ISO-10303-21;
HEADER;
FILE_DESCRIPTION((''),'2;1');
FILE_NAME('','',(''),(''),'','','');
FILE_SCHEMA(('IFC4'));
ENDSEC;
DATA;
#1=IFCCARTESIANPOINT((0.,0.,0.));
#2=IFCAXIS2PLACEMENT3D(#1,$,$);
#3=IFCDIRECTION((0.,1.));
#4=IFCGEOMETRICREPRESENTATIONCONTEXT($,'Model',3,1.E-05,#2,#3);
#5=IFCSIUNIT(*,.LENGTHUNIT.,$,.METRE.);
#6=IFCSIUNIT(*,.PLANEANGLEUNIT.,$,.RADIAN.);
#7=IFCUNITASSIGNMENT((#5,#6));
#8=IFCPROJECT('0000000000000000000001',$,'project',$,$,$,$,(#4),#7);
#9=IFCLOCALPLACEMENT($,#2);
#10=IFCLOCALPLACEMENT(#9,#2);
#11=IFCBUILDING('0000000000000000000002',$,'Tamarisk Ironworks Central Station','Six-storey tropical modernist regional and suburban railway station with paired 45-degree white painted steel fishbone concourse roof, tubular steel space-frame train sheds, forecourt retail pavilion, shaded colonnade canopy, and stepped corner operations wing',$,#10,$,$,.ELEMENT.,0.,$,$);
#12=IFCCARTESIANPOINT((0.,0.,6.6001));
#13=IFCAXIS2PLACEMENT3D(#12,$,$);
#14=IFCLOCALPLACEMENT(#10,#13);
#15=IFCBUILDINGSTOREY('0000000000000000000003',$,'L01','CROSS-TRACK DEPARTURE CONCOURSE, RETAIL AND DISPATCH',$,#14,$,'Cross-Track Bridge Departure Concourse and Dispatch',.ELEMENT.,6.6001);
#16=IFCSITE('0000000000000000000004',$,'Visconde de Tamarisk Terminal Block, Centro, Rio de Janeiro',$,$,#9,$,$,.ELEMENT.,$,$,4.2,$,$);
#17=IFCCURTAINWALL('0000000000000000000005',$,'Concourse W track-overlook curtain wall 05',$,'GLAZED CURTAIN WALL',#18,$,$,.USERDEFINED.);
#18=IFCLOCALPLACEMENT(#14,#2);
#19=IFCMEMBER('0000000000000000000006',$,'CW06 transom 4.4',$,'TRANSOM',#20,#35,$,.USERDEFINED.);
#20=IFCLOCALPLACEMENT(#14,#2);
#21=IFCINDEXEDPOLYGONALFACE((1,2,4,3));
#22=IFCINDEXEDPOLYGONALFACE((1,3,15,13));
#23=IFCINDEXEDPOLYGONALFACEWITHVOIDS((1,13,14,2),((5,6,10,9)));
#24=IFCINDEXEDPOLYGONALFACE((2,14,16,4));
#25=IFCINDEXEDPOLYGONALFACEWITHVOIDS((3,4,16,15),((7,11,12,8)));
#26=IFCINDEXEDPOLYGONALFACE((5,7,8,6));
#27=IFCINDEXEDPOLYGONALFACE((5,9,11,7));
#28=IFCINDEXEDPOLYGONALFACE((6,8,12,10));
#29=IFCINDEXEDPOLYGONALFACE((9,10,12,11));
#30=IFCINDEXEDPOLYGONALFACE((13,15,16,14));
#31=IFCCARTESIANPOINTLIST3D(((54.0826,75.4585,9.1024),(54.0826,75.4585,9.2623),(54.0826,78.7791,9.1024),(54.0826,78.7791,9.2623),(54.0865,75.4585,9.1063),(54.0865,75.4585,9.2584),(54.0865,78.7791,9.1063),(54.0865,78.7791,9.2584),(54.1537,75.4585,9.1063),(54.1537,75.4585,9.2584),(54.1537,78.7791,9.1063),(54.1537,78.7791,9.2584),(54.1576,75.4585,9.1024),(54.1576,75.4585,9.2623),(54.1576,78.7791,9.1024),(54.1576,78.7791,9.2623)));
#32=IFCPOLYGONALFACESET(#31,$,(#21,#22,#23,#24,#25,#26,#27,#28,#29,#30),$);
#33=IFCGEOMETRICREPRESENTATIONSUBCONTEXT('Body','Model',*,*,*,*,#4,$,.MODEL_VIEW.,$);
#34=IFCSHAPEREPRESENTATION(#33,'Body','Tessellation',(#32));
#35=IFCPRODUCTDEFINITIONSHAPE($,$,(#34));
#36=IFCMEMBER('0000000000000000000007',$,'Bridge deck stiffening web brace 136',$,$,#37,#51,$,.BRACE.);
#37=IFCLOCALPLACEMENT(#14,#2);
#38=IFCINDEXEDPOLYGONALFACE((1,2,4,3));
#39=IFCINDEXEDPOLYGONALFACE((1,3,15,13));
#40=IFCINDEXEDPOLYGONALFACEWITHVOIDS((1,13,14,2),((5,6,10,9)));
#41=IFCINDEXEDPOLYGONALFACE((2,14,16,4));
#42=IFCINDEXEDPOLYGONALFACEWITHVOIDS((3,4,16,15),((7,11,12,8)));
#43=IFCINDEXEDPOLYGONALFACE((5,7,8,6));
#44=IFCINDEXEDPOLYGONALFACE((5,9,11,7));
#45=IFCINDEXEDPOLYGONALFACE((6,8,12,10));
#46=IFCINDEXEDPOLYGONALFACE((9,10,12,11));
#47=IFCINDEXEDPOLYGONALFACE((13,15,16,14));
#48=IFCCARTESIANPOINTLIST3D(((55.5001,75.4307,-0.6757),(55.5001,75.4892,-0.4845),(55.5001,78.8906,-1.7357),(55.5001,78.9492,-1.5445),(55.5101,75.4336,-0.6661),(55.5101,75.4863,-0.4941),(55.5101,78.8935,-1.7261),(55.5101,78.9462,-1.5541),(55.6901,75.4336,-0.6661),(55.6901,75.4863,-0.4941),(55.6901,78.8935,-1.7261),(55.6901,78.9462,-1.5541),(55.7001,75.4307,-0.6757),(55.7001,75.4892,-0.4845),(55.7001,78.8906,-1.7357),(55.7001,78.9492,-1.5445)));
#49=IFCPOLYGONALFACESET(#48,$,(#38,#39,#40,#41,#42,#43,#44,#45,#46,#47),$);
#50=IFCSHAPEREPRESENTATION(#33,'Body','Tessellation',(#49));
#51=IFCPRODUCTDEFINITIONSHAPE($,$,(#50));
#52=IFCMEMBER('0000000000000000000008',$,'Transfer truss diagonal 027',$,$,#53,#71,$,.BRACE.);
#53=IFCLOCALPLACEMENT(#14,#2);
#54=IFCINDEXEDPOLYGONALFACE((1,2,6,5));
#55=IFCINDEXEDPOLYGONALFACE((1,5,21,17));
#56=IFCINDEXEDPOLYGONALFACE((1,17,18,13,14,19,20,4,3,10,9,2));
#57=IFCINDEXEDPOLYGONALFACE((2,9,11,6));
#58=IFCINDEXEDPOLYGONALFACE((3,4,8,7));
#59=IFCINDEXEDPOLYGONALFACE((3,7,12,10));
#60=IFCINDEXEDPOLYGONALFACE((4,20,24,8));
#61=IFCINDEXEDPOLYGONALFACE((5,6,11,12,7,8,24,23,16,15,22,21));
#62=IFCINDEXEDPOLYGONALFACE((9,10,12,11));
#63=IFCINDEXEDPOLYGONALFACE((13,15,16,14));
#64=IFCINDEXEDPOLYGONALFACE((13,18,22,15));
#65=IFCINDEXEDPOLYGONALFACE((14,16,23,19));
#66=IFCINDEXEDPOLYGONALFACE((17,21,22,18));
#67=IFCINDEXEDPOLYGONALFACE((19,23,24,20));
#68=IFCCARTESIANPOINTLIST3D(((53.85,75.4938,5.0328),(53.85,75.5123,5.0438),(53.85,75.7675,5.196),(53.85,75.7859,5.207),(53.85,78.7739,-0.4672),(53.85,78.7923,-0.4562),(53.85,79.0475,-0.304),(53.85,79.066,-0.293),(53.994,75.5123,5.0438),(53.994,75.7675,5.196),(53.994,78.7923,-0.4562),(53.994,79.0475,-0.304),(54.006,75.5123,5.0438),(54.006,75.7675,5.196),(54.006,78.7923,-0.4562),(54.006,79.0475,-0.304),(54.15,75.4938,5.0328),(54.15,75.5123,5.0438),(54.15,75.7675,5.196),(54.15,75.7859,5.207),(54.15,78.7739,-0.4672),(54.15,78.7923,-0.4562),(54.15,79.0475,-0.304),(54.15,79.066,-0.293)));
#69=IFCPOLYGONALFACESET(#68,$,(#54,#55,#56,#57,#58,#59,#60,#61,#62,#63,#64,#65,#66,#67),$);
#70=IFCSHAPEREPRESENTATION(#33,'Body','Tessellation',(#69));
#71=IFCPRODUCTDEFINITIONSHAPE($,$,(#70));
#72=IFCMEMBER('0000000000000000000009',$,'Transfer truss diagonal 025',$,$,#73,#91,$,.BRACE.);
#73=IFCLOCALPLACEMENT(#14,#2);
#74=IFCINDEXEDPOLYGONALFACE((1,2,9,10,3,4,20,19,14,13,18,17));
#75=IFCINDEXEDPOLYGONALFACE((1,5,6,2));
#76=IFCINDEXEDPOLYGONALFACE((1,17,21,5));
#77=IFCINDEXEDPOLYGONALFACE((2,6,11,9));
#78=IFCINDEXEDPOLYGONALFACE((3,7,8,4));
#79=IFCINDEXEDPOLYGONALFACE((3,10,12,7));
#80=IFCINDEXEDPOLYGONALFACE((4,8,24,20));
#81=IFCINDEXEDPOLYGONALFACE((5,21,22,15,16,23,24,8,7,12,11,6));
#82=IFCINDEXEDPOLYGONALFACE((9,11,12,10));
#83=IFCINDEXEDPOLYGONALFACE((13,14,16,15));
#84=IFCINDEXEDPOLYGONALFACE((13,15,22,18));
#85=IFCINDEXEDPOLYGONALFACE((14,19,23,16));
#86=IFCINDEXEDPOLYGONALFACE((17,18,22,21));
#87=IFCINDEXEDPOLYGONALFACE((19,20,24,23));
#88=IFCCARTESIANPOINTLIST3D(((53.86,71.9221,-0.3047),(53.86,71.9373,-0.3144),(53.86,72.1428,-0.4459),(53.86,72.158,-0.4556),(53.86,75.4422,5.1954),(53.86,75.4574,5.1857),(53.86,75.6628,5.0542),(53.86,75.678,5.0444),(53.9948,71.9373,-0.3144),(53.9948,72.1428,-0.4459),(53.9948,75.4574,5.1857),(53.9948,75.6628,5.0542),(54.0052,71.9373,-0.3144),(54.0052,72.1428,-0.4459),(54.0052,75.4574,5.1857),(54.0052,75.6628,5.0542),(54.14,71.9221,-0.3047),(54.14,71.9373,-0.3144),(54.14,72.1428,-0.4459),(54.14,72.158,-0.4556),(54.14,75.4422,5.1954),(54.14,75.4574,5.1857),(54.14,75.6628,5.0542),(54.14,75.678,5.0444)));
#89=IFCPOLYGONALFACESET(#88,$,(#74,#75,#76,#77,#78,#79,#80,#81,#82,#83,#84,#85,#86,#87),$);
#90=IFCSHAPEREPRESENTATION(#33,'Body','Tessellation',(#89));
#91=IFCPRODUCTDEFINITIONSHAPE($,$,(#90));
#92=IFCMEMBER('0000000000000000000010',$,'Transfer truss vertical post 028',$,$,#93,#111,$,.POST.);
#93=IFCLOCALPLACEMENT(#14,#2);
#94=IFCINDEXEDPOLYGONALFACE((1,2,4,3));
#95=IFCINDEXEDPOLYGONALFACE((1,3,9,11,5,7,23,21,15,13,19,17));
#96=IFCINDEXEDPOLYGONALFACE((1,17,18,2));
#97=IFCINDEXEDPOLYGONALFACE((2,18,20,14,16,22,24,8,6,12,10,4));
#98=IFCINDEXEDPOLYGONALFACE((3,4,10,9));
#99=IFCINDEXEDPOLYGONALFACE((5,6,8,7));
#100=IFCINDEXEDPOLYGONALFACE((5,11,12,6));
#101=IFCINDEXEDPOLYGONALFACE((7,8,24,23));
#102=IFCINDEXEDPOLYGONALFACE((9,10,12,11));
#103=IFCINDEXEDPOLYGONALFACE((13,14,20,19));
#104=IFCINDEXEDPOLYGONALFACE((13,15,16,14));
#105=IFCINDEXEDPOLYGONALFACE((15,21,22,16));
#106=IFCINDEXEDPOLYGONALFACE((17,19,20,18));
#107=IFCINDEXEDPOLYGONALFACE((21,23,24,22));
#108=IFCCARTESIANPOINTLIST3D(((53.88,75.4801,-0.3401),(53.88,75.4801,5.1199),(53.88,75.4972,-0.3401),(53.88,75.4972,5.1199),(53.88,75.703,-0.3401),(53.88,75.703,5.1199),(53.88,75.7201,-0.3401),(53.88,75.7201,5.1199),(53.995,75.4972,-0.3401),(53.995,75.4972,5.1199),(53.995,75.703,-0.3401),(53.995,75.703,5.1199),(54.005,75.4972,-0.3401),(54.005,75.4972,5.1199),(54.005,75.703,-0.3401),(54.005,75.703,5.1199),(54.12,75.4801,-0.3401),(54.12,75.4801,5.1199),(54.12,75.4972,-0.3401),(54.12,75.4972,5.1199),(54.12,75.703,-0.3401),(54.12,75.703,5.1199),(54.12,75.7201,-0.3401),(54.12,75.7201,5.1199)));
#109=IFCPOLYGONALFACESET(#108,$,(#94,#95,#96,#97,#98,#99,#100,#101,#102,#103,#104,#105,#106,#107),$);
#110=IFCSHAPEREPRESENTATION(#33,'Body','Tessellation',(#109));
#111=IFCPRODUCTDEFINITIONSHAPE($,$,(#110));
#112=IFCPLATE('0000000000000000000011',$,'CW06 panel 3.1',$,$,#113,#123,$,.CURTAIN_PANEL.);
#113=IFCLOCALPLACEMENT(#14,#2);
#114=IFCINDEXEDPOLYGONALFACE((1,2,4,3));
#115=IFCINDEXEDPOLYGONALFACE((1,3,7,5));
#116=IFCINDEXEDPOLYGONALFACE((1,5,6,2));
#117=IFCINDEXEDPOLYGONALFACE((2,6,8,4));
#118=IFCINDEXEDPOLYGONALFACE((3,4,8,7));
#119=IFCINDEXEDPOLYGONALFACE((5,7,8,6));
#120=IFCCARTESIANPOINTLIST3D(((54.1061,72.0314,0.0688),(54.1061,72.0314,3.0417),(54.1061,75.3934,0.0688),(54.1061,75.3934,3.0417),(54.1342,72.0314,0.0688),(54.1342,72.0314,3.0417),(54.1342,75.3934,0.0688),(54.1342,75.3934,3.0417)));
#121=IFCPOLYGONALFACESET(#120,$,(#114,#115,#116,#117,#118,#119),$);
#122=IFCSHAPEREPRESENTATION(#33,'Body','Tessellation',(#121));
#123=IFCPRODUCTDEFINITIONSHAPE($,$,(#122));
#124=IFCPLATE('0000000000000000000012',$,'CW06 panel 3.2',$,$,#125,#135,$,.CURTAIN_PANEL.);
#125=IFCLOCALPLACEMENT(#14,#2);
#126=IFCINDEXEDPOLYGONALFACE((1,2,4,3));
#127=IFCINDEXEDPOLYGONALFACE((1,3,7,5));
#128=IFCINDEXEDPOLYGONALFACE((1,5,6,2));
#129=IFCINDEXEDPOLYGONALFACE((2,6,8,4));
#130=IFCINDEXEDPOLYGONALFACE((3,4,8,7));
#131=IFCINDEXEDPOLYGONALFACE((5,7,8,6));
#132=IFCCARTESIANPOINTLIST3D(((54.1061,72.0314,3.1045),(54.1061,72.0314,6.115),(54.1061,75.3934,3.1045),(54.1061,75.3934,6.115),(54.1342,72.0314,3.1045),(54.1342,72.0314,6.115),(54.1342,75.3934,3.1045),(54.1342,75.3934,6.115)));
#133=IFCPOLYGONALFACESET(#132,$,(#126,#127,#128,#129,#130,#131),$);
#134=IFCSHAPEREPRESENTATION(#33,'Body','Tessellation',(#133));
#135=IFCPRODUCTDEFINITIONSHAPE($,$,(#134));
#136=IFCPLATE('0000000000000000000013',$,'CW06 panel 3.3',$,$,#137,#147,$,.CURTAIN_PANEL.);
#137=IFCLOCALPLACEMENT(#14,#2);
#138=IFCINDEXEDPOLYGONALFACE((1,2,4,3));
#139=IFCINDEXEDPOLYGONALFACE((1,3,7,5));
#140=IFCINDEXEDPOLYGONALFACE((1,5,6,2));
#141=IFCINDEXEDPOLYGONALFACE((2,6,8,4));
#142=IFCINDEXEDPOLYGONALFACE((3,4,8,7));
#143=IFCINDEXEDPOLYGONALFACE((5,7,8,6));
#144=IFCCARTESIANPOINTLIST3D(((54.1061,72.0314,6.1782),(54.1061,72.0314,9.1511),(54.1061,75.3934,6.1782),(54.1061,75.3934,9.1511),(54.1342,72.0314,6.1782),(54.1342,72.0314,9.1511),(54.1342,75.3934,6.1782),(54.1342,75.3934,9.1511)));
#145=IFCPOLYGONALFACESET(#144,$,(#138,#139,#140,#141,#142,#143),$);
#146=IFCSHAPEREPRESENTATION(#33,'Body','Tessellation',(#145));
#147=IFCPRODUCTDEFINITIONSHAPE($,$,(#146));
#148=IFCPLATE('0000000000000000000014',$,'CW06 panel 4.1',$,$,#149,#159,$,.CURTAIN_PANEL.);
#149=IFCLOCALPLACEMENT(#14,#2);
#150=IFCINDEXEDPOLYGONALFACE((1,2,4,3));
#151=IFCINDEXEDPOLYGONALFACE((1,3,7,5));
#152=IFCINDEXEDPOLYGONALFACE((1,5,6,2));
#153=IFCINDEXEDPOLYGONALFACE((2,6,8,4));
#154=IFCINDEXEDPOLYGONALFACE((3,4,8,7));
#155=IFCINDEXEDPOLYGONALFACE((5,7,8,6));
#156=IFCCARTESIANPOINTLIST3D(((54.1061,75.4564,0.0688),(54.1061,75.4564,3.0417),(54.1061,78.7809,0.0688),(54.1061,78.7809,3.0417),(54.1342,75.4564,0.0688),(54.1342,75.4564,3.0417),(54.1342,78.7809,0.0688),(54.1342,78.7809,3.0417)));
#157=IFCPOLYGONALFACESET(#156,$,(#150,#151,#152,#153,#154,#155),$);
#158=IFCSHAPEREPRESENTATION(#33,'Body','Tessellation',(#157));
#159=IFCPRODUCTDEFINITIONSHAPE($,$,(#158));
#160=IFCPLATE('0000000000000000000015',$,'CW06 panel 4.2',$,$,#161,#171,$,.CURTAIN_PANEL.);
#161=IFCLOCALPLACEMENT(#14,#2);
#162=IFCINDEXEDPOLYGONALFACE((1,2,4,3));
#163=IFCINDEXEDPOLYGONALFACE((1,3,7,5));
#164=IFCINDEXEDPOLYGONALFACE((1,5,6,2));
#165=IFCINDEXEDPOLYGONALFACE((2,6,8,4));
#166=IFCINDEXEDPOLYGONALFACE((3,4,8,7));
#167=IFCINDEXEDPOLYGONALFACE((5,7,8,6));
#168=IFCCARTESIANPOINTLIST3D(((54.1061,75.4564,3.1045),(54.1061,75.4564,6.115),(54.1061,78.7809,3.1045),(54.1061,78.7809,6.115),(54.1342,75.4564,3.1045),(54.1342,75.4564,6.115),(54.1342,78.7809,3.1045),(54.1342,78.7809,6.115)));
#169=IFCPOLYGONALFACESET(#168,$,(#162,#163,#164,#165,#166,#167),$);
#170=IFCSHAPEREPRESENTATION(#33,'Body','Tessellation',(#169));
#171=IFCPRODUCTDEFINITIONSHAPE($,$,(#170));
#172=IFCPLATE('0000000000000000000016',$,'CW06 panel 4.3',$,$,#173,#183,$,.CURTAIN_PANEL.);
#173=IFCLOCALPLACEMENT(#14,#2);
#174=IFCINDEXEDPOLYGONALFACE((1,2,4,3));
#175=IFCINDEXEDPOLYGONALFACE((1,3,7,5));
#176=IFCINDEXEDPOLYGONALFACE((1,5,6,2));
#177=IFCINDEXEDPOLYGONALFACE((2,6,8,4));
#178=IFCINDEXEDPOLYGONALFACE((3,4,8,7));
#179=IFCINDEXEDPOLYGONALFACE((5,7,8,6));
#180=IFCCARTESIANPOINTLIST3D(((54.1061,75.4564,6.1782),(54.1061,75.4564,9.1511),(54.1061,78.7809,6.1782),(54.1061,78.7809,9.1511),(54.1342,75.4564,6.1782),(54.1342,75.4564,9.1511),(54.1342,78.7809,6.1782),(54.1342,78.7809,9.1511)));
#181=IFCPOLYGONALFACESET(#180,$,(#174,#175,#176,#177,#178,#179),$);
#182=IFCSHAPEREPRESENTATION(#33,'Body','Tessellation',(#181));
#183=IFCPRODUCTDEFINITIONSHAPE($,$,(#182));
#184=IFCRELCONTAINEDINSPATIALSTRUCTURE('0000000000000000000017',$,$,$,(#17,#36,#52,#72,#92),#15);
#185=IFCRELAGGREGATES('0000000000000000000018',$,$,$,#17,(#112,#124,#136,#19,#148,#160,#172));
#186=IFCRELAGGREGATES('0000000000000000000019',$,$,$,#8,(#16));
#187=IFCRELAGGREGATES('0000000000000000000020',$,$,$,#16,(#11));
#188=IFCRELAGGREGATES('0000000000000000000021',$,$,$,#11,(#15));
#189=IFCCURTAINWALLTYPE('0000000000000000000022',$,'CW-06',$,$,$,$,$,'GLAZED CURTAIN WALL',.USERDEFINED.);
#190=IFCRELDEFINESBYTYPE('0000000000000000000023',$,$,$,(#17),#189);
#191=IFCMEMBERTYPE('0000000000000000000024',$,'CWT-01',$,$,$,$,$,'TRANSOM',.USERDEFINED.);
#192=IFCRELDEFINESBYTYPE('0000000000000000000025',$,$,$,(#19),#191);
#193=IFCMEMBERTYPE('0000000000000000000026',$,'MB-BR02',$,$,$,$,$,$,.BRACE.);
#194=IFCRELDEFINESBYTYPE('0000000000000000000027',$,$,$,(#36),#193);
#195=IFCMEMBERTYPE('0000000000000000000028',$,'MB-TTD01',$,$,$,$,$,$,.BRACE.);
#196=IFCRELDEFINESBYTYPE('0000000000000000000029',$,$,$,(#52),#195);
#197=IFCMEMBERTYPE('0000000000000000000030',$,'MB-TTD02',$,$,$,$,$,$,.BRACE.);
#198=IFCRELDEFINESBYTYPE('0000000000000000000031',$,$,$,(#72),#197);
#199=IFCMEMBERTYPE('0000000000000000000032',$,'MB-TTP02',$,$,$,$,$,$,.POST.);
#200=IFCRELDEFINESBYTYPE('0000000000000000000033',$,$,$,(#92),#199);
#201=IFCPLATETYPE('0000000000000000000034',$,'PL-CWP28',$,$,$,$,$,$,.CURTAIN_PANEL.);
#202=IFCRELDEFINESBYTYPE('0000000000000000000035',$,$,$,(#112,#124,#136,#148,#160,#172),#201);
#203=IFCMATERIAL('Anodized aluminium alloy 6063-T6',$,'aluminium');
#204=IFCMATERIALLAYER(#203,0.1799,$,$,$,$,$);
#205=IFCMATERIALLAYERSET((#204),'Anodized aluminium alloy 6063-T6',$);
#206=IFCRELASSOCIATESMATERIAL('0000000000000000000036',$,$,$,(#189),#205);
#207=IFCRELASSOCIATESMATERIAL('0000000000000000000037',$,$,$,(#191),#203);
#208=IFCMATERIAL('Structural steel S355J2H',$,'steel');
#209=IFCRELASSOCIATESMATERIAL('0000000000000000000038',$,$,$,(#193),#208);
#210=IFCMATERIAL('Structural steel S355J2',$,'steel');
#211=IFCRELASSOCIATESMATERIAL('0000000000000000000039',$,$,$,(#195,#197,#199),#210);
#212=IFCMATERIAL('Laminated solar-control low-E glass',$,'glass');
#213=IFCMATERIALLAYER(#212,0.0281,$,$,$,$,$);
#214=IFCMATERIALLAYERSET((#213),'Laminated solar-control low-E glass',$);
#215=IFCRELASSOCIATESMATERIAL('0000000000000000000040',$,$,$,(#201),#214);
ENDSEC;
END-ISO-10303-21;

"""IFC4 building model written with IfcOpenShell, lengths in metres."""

from ifc_helpers import new_model, si_unit, direction, frame, origin, origin_2d, place, context, subcontext, project, spatial, rectangle, hollow_rectangle, i_section, extrude, material, layer, layer_set, material_profile, profile_set, type_object, element, aggregate, save


model = new_model("IFC4")

# Units and contexts
model_context = context("Model", 3, precision=1e-05, world=origin(), true_north=direction((0.0, 1.0)))
body_context = subcontext(model_context, "Body", "Model", "MODEL_VIEW")
ifc_project = project(units=[si_unit("LENGTHUNIT", "METRE"), si_unit("PLANEANGLEUNIT", "RADIAN")], contexts=[model_context])

# Site, building, storey
site_placement = place(None, origin())
site = spatial("IfcSite", under=ifc_project, at=site_placement, Name="Visconde de Tamarisk Terminal Block, Centro, Rio de Janeiro", CompositionType="ELEMENT", RefElevation=4.2)
building_placement = place(site_placement, origin())
building = spatial("IfcBuilding", under=site, at=building_placement, Name="Tamarisk Ironworks Central Station", Description="Six-storey tropical modernist regional and suburban railway station with paired 45-degree white painted steel fishbone concourse roof, tubular steel space-frame train sheds, forecourt retail pavilion, shaded colonnade canopy, and stepped corner operations wing", CompositionType="ELEMENT", ElevationOfRefHeight=0.0)
storey_placement = place(building_placement, frame((0.0, 0.0, 6.6001)))
storey = spatial("IfcBuildingStorey", under=building, at=storey_placement, Name="L01", Description="CROSS-TRACK DEPARTURE CONCOURSE, RETAIL AND DISPATCH", LongName="Cross-Track Bridge Departure Concourse and Dispatch", CompositionType="ELEMENT", Elevation=6.6001)

# Shared definitions
ifc_material_1 = material(Name="Structural steel S355J2", Category="steel")

# Curtain wall, member
ifc_material_2 = material(Name="Anodized aluminium alloy 6063-T6", Category="aluminium")
ifc_layer_1 = layer(ifc_material_2, 0.1799)
ifc_layer_set_1 = layer_set([ifc_layer_1], Name="Anodized aluminium alloy 6063-T6")
curtain_wall_type = type_object("IfcCurtainWallType", Name="CW-06", ElementType="GLAZED CURTAIN WALL", PredefinedType="USERDEFINED", material=ifc_layer_set_1)
curtain_wall_placement = place(storey_placement, origin())
curtain_wall = element("IfcCurtainWall", 1, at=curtain_wall_placement, inside=storey, type_object=curtain_wall_type, Name="Concourse W track-overlook curtain wall 05", ObjectType="GLAZED CURTAIN WALL", PredefinedType="USERDEFINED")
ifc_material_profile_1 = material_profile(ifc_material_2, hollow_rectangle(XDim=0.075, YDim=0.1599, WallThickness=0.0039, at=origin_2d()), Name="ALUM 160x75")
ifc_profile_set_1 = profile_set([ifc_material_profile_1], Name="Anodized aluminium alloy 6063-T6")
member_type_1 = type_object("IfcMemberType", Name="CWT-01", ElementType="TRANSOM", PredefinedType="USERDEFINED", material=ifc_profile_set_1)
member_1_placement = place(storey_placement, frame((54.1201, 75.4585, 9.1824), z_axis=(0.0, 1.0, 0.0), x_axis=(-1.0, 0.0, 0.0)))
member_1 = element("IfcMember", 2, at=member_1_placement, type_object=member_type_1, Name="CW06 transom 4.4", ObjectType="TRANSOM", PredefinedType="USERDEFINED", context=body_context, shape_type="SweptSolid", body=[
    extrude(hollow_rectangle(XDim=0.075, YDim=0.1599, WallThickness=0.0039, at=origin_2d()), origin(), (0.0, 0.0, 1.0), 3.3206),
])

# Members
ifc_material_3 = material(Name="Structural steel S355J2H", Category="steel")
ifc_material_profile_2 = material_profile(ifc_material_3, hollow_rectangle(XDim=0.2, YDim=0.2, WallThickness=0.01, at=origin_2d()), Name="SHS 200x200x10")
ifc_profile_set_2 = profile_set([ifc_material_profile_2], Name="Structural steel S355J2H")
member_type_2 = type_object("IfcMemberType", Name="MB-BR02", PredefinedType="BRACE", material=ifc_profile_set_2)
member_2_placement = place(storey_placement, frame((55.6001, 75.46, -0.5801), z_axis=(0.0, 0.956131, -0.292938), x_axis=(-1.0, 0.0, 0.0)))
element("IfcMember", 3, at=member_2_placement, inside=storey, type_object=member_type_2, Name="Bridge deck stiffening web brace 136", PredefinedType="BRACE", context=body_context, shape_type="SweptSolid", body=[
    extrude(hollow_rectangle(XDim=0.2, YDim=0.2, WallThickness=0.01, at=origin_2d()), origin(), (0.0, 0.0, 1.0), 3.6187),
])
ifc_material_profile_3 = material_profile(ifc_material_1, i_section(OverallWidth=0.3, OverallDepth=0.3401, WebThickness=0.012, FlangeThickness=0.0215, at=origin_2d()), Name="HEB 340")
ifc_profile_set_3 = profile_set([ifc_material_profile_3], Name="Structural steel S355J2")
member_type_3 = type_object("IfcMemberType", Name="MB-TTD01", PredefinedType="BRACE", material=ifc_profile_set_3)
member_3_placement = place(storey_placement, frame((54.0, 75.6399, 5.1199), z_axis=(0.0, 0.512201, -0.858866), x_axis=(-1.0, 0.0, 0.0)))
element("IfcMember", 4, at=member_3_placement, inside=storey, type_object=member_type_3, Name="Transfer truss diagonal 027", PredefinedType="BRACE", context=body_context, shape_type="SweptSolid", body=[
    extrude(i_section(OverallWidth=0.3, OverallDepth=0.3401, WebThickness=0.012, FlangeThickness=0.0215, at=origin_2d()), origin(), (0.0, 0.0, 1.0), 6.4038),
])
ifc_material_profile_4 = material_profile(ifc_material_1, i_section(OverallWidth=0.28, OverallDepth=0.28, WebThickness=0.0105, FlangeThickness=0.0181, at=origin_2d()), Name="HEB 280")
ifc_profile_set_4 = profile_set([ifc_material_profile_4], Name="Structural steel S355J2")
member_type_4 = type_object("IfcMemberType", Name="MB-TTD02", PredefinedType="BRACE", material=ifc_profile_set_4)
member_4_placement = place(storey_placement, frame((54.0, 72.04, -0.3801), z_axis=(0.0, 0.539056, 0.84227), x_axis=(-1.0, 0.0, 0.0)))
element("IfcMember", 5, at=member_4_placement, inside=storey, type_object=member_type_4, Name="Transfer truss diagonal 025", PredefinedType="BRACE", context=body_context, shape_type="SweptSolid", body=[
    extrude(i_section(OverallWidth=0.28, OverallDepth=0.28, WebThickness=0.0105, FlangeThickness=0.0181, at=origin_2d()), origin(), (0.0, 0.0, 1.0), 6.53),
])
ifc_material_profile_5 = material_profile(ifc_material_1, i_section(OverallWidth=0.24, OverallDepth=0.24, WebThickness=0.01, FlangeThickness=0.0171, at=origin_2d()), Name="HEB 240")
ifc_profile_set_5 = profile_set([ifc_material_profile_5], Name="Structural steel S355J2")
member_type_5 = type_object("IfcMemberType", Name="MB-TTP02", PredefinedType="POST", material=ifc_profile_set_5)
member_5_placement = place(storey_placement, frame((54.0, 75.6001, -0.3401), z_axis=(0.0, 0.0, 1.0), x_axis=(1.0, 0.0, 0.0)))
element("IfcMember", 6, at=member_5_placement, inside=storey, type_object=member_type_5, Name="Transfer truss vertical post 028", PredefinedType="POST", context=body_context, shape_type="SweptSolid", body=[
    extrude(i_section(OverallWidth=0.24, OverallDepth=0.24, WebThickness=0.01, FlangeThickness=0.0171, at=origin_2d()), origin(), (0.0, 0.0, 1.0), 5.46),
])

# Plates
ifc_material_4 = material(Name="Laminated solar-control low-E glass", Category="glass")
ifc_layer_2 = layer(ifc_material_4, 0.0281)
ifc_layer_set_2 = layer_set([ifc_layer_2], Name="Laminated solar-control low-E glass")
plate_type_1 = type_object("IfcPlateType", Name="PL-CWP28", PredefinedType="CURTAIN_PANEL", material=ifc_layer_set_2)
plate_1_placement = place(storey_placement, frame((54.1201, 73.7124, 0.0688), z_axis=(0.0, 0.0, 1.0), x_axis=(0.0, 1.0, 0.0)))
plate_1 = element("IfcPlate", 7, at=plate_1_placement, type_object=plate_type_1, Name="CW06 panel 3.1", PredefinedType="CURTAIN_PANEL", context=body_context, shape_type="SweptSolid", body=[
    extrude(rectangle(XDim=3.3621, YDim=0.0281, at=origin_2d()), origin(), (0.0, 0.0, 1.0), 2.9729),
])
plate_2_placement = place(storey_placement, frame((54.1201, 73.7124, 3.1045), z_axis=(0.0, 0.0, 1.0), x_axis=(0.0, 1.0, 0.0)))
plate_2 = element("IfcPlate", 8, at=plate_2_placement, type_object=plate_type_1, Name="CW06 panel 3.2", PredefinedType="CURTAIN_PANEL", context=body_context, shape_type="SweptSolid", body=[
    extrude(rectangle(XDim=3.3621, YDim=0.0281, at=origin_2d()), origin(), (0.0, 0.0, 1.0), 3.0105),
])
plate_3_placement = place(storey_placement, frame((54.1201, 73.7124, 6.1782), z_axis=(0.0, 0.0, 1.0), x_axis=(0.0, 1.0, 0.0)))
plate_3 = element("IfcPlate", 9, at=plate_3_placement, type_object=plate_type_1, Name="CW06 panel 3.3", PredefinedType="CURTAIN_PANEL", context=body_context, shape_type="SweptSolid", body=[
    extrude(rectangle(XDim=3.3621, YDim=0.0281, at=origin_2d()), origin(), (0.0, 0.0, 1.0), 2.9729),
])
plate_4_placement = place(storey_placement, frame((54.1201, 77.1187, 0.0688), z_axis=(0.0, 0.0, 1.0), x_axis=(0.0, 1.0, 0.0)))
plate_4 = element("IfcPlate", 10, at=plate_4_placement, type_object=plate_type_1, Name="CW06 panel 4.1", PredefinedType="CURTAIN_PANEL", context=body_context, shape_type="SweptSolid", body=[
    extrude(rectangle(XDim=3.3245, YDim=0.0281, at=origin_2d()), origin(), (0.0, 0.0, 1.0), 2.9729),
])
plate_5_placement = place(storey_placement, frame((54.1201, 77.1187, 3.1045), z_axis=(0.0, 0.0, 1.0), x_axis=(0.0, 1.0, 0.0)))
plate_5 = element("IfcPlate", 11, at=plate_5_placement, type_object=plate_type_1, Name="CW06 panel 4.2", PredefinedType="CURTAIN_PANEL", context=body_context, shape_type="SweptSolid", body=[
    extrude(rectangle(XDim=3.3245, YDim=0.0281, at=origin_2d()), origin(), (0.0, 0.0, 1.0), 3.0105),
])
plate_6_placement = place(storey_placement, frame((54.1201, 77.1187, 6.1782), z_axis=(0.0, 0.0, 1.0), x_axis=(0.0, 1.0, 0.0)))
plate_6 = element("IfcPlate", 12, at=plate_6_placement, type_object=plate_type_1, Name="CW06 panel 4.3", PredefinedType="CURTAIN_PANEL", context=body_context, shape_type="SweptSolid", body=[
    extrude(rectangle(XDim=3.3245, YDim=0.0281, at=origin_2d()), origin(), (0.0, 0.0, 1.0), 2.9729),
])
aggregate(curtain_wall, [plate_1, plate_2, plate_3, member_1, plate_4, plate_5, plate_6])

save(model, "model.ifc")
